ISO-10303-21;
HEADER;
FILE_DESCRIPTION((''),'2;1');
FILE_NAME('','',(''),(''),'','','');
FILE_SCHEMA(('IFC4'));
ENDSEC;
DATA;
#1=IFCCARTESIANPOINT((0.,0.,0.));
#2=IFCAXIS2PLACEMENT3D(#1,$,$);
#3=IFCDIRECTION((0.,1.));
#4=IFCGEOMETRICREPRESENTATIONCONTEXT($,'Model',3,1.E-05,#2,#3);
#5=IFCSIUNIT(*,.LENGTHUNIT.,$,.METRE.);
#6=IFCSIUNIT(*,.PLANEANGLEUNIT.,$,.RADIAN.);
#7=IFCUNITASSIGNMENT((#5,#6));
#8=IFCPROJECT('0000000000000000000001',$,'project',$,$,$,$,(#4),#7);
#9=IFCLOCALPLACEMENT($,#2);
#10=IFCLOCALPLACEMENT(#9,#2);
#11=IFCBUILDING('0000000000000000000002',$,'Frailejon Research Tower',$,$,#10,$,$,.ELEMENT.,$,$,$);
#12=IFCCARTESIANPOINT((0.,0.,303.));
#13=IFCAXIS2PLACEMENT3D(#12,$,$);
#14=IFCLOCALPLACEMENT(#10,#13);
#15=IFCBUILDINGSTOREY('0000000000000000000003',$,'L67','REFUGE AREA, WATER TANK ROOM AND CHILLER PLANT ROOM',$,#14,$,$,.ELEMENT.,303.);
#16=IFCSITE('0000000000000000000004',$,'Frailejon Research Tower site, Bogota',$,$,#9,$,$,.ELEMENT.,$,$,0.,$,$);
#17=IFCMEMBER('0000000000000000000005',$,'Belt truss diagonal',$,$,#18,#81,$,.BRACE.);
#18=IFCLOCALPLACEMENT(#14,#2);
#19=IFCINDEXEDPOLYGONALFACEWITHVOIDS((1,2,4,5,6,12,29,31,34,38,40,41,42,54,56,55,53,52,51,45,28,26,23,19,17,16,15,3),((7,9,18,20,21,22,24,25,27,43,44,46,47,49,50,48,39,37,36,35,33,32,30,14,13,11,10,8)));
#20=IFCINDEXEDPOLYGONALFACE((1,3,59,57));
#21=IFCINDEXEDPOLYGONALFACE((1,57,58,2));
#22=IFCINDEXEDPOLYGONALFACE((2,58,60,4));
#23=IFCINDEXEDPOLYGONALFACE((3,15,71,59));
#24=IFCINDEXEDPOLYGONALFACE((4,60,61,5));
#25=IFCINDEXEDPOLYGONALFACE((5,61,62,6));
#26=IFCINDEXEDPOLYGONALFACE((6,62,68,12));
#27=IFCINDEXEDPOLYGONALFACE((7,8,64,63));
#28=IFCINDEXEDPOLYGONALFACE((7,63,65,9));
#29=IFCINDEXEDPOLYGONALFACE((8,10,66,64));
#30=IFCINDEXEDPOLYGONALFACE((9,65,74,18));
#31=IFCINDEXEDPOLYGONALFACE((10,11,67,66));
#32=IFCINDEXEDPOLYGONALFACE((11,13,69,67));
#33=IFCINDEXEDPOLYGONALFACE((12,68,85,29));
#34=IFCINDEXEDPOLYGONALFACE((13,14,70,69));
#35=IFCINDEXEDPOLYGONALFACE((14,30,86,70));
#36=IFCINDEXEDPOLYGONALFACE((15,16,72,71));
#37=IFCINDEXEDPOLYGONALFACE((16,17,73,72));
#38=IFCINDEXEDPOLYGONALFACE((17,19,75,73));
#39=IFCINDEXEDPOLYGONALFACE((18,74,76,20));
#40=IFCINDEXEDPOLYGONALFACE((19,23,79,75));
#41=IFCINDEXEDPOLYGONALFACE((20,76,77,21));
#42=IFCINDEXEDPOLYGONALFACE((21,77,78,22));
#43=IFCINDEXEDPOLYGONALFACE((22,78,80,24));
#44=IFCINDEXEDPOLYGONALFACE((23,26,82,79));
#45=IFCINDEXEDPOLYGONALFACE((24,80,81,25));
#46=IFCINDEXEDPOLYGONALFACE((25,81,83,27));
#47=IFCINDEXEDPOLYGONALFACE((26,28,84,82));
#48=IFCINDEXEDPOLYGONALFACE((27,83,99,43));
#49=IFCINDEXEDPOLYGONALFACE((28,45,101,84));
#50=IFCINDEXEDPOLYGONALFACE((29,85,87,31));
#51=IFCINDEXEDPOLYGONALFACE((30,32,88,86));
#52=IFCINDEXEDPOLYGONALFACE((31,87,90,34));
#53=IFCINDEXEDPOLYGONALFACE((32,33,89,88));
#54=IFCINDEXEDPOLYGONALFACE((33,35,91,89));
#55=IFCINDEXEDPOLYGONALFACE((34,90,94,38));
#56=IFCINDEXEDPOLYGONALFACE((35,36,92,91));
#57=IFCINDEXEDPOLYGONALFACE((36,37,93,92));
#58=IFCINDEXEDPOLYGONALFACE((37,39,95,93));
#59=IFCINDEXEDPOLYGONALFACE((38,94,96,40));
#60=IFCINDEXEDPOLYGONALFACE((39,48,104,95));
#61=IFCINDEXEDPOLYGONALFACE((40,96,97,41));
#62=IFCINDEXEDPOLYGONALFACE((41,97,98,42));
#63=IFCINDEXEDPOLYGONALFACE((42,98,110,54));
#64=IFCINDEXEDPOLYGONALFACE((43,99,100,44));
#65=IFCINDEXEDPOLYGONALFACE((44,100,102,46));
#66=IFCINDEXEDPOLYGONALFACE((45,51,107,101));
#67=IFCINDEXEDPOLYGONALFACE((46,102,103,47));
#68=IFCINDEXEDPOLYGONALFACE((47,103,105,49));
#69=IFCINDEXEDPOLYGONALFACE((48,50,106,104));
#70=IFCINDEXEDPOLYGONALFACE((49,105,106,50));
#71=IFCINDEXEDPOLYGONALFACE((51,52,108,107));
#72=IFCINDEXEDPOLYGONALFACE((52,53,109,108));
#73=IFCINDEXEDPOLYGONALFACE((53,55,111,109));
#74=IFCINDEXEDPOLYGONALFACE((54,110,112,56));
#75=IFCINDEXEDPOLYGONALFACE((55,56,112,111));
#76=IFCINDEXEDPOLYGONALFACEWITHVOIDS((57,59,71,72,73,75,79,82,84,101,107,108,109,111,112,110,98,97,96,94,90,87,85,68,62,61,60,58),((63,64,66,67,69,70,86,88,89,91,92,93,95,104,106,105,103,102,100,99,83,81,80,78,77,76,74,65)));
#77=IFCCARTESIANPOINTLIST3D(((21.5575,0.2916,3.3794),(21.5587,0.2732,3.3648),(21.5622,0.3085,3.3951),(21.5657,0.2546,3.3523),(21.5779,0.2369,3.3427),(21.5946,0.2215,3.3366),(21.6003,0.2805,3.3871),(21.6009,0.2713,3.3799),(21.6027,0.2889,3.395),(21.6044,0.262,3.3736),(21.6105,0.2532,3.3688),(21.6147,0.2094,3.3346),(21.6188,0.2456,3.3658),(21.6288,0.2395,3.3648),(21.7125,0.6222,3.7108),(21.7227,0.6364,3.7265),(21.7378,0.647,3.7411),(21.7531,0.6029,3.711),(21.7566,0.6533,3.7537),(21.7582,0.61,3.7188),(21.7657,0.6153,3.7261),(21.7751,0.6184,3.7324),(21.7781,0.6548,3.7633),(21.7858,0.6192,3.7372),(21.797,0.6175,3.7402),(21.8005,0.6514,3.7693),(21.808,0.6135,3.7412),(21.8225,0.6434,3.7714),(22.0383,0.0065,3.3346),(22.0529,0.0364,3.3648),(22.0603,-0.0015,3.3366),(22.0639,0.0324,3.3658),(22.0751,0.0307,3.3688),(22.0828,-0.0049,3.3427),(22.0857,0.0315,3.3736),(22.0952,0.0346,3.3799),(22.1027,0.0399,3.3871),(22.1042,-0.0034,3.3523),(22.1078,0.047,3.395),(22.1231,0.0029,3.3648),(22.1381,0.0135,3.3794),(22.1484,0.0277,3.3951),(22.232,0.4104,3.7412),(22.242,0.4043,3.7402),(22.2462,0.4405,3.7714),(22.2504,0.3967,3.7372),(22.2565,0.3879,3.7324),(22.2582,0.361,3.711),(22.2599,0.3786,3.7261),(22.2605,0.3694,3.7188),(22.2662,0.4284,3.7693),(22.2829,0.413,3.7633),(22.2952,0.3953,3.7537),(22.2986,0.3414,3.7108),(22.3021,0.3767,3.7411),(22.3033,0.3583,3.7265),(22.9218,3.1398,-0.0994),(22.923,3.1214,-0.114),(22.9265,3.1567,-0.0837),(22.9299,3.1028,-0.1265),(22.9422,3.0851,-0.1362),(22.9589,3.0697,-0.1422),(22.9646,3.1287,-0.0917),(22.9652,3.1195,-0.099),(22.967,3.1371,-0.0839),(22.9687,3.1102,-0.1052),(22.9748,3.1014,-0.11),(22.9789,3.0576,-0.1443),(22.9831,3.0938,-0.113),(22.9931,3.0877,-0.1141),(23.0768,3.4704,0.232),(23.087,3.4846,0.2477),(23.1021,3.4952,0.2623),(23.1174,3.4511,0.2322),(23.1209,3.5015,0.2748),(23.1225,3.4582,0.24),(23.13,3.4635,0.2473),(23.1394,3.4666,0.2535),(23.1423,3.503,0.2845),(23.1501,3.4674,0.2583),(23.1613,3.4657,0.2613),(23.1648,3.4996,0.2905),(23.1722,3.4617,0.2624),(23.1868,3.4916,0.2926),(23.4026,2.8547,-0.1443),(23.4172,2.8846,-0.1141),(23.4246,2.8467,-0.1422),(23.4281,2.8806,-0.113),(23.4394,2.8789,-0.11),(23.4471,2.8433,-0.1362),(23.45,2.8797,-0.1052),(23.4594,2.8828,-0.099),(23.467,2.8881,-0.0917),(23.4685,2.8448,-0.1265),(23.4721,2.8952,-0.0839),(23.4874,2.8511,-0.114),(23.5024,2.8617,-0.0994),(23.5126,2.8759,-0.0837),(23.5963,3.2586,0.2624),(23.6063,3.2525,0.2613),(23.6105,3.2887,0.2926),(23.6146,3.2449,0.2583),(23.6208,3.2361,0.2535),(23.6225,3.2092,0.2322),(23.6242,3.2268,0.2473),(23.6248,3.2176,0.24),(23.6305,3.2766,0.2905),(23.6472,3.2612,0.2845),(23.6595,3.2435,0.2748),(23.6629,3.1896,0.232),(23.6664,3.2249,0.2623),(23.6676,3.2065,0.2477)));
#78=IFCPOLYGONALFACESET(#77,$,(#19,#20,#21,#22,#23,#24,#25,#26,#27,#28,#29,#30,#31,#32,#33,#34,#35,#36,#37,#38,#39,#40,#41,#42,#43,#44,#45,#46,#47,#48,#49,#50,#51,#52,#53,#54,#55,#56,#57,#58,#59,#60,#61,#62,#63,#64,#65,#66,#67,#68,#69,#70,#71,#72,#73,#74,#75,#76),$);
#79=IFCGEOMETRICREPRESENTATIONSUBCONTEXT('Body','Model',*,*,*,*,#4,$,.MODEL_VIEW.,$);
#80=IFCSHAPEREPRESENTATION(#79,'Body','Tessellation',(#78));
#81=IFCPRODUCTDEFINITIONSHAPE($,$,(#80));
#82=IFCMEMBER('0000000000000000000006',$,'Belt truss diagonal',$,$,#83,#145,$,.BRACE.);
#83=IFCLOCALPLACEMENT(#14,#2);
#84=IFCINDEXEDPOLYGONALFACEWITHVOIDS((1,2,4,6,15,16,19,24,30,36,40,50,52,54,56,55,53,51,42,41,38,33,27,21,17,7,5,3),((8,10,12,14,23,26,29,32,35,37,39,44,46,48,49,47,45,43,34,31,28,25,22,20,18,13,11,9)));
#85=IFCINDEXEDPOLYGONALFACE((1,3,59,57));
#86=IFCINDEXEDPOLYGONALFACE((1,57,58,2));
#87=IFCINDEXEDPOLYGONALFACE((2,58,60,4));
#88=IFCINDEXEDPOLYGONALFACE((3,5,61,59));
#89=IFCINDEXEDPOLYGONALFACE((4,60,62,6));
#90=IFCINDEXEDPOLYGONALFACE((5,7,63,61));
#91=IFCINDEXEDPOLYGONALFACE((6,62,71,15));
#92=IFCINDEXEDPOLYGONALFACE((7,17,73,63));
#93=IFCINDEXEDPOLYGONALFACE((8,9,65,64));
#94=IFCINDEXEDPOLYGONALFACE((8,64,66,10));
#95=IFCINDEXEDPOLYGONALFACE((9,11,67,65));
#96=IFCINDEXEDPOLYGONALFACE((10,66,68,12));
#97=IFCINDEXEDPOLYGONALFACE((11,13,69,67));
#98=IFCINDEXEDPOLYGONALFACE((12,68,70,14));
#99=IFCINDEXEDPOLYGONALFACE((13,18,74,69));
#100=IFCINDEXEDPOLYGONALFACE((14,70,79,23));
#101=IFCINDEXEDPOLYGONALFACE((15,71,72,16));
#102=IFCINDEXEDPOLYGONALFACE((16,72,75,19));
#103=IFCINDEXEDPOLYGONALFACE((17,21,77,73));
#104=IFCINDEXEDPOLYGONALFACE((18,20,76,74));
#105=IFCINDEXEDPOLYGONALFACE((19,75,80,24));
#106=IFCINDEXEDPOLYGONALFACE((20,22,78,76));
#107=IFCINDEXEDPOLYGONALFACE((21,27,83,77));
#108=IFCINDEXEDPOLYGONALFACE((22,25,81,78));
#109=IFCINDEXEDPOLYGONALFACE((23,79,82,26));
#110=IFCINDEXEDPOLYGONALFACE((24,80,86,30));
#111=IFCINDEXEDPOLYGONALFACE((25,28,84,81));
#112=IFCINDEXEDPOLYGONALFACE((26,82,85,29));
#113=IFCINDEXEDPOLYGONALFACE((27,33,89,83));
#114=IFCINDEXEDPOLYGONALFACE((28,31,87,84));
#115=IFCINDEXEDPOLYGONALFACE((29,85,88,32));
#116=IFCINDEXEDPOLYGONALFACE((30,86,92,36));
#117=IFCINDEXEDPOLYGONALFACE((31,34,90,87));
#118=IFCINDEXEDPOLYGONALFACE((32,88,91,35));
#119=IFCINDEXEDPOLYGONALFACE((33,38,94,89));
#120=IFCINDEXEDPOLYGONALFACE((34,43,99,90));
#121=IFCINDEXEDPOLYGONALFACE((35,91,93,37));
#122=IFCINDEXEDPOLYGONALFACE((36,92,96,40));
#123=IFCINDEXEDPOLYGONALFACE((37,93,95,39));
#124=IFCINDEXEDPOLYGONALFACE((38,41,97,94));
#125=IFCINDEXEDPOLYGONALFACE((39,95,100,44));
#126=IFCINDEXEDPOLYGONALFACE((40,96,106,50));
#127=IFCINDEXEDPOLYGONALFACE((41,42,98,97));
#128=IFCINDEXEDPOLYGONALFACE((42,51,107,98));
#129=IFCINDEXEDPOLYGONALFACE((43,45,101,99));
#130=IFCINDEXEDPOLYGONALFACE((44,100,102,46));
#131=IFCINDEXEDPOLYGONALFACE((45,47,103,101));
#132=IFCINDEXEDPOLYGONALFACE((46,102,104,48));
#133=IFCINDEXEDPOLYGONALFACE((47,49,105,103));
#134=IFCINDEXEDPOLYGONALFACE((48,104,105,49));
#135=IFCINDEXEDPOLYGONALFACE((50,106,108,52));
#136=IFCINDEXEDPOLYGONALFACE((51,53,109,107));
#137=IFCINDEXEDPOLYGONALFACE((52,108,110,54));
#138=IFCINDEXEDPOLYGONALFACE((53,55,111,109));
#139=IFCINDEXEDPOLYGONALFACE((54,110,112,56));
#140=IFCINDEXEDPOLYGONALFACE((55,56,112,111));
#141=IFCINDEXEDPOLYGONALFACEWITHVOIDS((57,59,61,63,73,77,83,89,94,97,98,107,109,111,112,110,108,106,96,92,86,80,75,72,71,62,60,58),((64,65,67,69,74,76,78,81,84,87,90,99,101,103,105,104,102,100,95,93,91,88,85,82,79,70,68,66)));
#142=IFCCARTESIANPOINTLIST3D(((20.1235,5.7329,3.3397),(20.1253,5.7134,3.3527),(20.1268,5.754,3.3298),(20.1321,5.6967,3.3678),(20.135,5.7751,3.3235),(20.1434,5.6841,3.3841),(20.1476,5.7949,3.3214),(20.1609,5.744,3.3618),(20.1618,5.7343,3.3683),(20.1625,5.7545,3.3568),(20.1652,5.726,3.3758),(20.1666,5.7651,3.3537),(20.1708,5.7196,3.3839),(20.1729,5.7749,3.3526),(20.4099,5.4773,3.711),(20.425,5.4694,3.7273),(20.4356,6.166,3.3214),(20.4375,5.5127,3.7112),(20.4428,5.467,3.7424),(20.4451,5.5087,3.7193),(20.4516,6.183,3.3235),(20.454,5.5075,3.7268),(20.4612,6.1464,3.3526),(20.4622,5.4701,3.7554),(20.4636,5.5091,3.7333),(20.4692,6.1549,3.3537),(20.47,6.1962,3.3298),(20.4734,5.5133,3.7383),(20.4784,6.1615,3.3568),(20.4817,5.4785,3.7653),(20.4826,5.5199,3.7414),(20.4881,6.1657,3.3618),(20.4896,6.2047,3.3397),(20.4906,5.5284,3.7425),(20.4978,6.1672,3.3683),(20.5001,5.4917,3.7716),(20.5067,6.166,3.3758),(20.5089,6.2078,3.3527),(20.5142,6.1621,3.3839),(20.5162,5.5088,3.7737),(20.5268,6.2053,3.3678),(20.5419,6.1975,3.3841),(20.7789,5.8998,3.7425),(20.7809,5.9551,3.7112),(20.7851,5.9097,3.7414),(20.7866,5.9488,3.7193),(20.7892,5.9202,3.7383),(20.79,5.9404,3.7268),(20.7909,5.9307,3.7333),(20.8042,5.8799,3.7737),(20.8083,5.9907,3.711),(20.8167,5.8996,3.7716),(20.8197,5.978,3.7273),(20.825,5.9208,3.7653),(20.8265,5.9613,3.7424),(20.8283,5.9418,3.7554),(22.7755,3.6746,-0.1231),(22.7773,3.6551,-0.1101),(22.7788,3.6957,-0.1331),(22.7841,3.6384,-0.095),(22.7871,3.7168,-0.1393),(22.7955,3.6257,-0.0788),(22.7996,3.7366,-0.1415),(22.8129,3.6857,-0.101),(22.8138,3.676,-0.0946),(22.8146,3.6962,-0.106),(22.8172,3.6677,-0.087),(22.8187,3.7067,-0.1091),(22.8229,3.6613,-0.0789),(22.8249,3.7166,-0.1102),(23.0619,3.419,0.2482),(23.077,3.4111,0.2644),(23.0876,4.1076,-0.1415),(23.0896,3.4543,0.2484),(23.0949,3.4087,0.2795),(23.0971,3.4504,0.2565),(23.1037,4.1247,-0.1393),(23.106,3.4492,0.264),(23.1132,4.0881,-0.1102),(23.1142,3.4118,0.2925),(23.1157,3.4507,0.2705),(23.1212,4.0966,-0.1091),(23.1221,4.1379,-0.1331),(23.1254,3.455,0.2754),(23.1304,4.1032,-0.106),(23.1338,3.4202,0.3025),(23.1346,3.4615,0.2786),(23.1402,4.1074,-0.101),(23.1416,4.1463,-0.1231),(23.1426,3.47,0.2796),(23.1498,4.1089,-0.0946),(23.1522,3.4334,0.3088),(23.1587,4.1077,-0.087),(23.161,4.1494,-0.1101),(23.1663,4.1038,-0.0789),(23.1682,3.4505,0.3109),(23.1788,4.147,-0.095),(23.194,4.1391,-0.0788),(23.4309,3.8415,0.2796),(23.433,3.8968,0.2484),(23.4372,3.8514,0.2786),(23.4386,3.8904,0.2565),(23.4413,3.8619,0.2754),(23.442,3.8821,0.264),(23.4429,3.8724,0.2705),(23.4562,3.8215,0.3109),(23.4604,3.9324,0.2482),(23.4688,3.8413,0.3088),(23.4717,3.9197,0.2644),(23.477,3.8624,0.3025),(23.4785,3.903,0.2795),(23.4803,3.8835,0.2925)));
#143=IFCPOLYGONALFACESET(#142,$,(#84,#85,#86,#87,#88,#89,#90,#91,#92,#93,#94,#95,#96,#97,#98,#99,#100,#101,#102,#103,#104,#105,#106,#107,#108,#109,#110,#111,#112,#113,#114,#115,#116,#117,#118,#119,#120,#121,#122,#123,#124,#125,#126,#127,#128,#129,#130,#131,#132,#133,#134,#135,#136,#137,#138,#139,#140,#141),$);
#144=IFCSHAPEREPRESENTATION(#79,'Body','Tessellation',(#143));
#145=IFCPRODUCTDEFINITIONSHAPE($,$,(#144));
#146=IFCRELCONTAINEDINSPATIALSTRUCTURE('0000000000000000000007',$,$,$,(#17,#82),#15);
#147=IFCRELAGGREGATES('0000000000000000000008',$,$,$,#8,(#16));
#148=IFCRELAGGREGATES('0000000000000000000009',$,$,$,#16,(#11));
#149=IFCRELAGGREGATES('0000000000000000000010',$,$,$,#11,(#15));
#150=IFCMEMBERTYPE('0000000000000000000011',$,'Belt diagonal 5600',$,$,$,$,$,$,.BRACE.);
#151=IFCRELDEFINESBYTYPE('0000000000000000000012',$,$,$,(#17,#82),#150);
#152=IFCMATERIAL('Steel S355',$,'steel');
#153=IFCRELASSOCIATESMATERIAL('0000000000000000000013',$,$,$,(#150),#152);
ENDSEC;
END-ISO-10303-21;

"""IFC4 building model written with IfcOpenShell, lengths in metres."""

from ifc_helpers import new_model, si_unit, direction, frame, origin, origin_2d, place, context, subcontext, project, spatial, hollow_rectangle, extrude, material, material_profile, profile_set, type_object, element, save


model = new_model("IFC4")

# Units and contexts
model_context = context("Model", 3, precision=1e-05, world=origin(), true_north=direction((0.0, 1.0)))
body_context = subcontext(model_context, "Body", "Model", "MODEL_VIEW")
ifc_project = project(units=[si_unit("LENGTHUNIT", "METRE"), si_unit("PLANEANGLEUNIT", "RADIAN")], contexts=[model_context])

# Site, building, storey
site_placement = place(None, origin())
site = spatial("IfcSite", under=ifc_project, at=site_placement, Name="Frailejon Research Tower site, Bogota", CompositionType="ELEMENT", RefElevation=0.0)
building_placement = place(site_placement, origin())
building = spatial("IfcBuilding", under=site, at=building_placement, Name="Frailejon Research Tower", CompositionType="ELEMENT")
storey_placement = place(building_placement, frame((0.0, 0.0, 303.0)))
storey = spatial("IfcBuildingStorey", under=building, at=storey_placement, Name="L67", Description="REFUGE AREA, WATER TANK ROOM AND CHILLER PLANT ROOM", CompositionType="ELEMENT", Elevation=303.0)

# Members
ifc_material_1 = material(Name="Steel S355", Category="steel")
ifc_material_profile_1 = material_profile(ifc_material_1, hollow_rectangle(XDim=0.6499, YDim=0.6499, WallThickness=0.0449, InnerFilletRadius=0.0449, OuterFilletRadius=0.0901, at=origin_2d()), Name="Belt diagonal 5600")
ifc_profile_set_1 = profile_set([ifc_material_profile_1], Name="Steel S355")
member_type = type_object("IfcMemberType", Name="Belt diagonal 5600", PredefinedType="BRACE", material=ifc_profile_set_1)
member_1_placement = place(storey_placement, frame((21.9304, 0.325, 3.553), z_axis=(0.290367, 0.606195, -0.740415), x_axis=(-0.901875, 0.431997, 0.0)))
element("IfcMember", 1, at=member_1_placement, inside=storey, type_object=member_type, Name="Belt truss diagonal", PredefinedType="BRACE", context=body_context, shape_type="SweptSolid", body=[
    extrude(hollow_rectangle(XDim=0.6499, YDim=0.6499, WallThickness=0.0449, InnerFilletRadius=0.0449, OuterFilletRadius=0.0901, at=origin_2d()), origin(), (0.0, 0.0, 1.0), 4.6985),
])
member_2_placement = place(storey_placement, frame((23.1279, 3.7791, 0.0847), z_axis=(-0.549877, 0.426771, 0.717984), x_axis=(-0.613125, -0.789986, 0.0)))
element("IfcMember", 2, at=member_2_placement, inside=storey, type_object=member_type, Name="Belt truss diagonal", PredefinedType="BRACE", context=body_context, shape_type="SweptSolid", body=[
    extrude(hollow_rectangle(XDim=0.6499, YDim=0.6499, WallThickness=0.0449, InnerFilletRadius=0.0449, OuterFilletRadius=0.0901, at=origin_2d()), origin(), (0.0, 0.0, 1.0), 4.823),
])

save(model, "model.ifc")
